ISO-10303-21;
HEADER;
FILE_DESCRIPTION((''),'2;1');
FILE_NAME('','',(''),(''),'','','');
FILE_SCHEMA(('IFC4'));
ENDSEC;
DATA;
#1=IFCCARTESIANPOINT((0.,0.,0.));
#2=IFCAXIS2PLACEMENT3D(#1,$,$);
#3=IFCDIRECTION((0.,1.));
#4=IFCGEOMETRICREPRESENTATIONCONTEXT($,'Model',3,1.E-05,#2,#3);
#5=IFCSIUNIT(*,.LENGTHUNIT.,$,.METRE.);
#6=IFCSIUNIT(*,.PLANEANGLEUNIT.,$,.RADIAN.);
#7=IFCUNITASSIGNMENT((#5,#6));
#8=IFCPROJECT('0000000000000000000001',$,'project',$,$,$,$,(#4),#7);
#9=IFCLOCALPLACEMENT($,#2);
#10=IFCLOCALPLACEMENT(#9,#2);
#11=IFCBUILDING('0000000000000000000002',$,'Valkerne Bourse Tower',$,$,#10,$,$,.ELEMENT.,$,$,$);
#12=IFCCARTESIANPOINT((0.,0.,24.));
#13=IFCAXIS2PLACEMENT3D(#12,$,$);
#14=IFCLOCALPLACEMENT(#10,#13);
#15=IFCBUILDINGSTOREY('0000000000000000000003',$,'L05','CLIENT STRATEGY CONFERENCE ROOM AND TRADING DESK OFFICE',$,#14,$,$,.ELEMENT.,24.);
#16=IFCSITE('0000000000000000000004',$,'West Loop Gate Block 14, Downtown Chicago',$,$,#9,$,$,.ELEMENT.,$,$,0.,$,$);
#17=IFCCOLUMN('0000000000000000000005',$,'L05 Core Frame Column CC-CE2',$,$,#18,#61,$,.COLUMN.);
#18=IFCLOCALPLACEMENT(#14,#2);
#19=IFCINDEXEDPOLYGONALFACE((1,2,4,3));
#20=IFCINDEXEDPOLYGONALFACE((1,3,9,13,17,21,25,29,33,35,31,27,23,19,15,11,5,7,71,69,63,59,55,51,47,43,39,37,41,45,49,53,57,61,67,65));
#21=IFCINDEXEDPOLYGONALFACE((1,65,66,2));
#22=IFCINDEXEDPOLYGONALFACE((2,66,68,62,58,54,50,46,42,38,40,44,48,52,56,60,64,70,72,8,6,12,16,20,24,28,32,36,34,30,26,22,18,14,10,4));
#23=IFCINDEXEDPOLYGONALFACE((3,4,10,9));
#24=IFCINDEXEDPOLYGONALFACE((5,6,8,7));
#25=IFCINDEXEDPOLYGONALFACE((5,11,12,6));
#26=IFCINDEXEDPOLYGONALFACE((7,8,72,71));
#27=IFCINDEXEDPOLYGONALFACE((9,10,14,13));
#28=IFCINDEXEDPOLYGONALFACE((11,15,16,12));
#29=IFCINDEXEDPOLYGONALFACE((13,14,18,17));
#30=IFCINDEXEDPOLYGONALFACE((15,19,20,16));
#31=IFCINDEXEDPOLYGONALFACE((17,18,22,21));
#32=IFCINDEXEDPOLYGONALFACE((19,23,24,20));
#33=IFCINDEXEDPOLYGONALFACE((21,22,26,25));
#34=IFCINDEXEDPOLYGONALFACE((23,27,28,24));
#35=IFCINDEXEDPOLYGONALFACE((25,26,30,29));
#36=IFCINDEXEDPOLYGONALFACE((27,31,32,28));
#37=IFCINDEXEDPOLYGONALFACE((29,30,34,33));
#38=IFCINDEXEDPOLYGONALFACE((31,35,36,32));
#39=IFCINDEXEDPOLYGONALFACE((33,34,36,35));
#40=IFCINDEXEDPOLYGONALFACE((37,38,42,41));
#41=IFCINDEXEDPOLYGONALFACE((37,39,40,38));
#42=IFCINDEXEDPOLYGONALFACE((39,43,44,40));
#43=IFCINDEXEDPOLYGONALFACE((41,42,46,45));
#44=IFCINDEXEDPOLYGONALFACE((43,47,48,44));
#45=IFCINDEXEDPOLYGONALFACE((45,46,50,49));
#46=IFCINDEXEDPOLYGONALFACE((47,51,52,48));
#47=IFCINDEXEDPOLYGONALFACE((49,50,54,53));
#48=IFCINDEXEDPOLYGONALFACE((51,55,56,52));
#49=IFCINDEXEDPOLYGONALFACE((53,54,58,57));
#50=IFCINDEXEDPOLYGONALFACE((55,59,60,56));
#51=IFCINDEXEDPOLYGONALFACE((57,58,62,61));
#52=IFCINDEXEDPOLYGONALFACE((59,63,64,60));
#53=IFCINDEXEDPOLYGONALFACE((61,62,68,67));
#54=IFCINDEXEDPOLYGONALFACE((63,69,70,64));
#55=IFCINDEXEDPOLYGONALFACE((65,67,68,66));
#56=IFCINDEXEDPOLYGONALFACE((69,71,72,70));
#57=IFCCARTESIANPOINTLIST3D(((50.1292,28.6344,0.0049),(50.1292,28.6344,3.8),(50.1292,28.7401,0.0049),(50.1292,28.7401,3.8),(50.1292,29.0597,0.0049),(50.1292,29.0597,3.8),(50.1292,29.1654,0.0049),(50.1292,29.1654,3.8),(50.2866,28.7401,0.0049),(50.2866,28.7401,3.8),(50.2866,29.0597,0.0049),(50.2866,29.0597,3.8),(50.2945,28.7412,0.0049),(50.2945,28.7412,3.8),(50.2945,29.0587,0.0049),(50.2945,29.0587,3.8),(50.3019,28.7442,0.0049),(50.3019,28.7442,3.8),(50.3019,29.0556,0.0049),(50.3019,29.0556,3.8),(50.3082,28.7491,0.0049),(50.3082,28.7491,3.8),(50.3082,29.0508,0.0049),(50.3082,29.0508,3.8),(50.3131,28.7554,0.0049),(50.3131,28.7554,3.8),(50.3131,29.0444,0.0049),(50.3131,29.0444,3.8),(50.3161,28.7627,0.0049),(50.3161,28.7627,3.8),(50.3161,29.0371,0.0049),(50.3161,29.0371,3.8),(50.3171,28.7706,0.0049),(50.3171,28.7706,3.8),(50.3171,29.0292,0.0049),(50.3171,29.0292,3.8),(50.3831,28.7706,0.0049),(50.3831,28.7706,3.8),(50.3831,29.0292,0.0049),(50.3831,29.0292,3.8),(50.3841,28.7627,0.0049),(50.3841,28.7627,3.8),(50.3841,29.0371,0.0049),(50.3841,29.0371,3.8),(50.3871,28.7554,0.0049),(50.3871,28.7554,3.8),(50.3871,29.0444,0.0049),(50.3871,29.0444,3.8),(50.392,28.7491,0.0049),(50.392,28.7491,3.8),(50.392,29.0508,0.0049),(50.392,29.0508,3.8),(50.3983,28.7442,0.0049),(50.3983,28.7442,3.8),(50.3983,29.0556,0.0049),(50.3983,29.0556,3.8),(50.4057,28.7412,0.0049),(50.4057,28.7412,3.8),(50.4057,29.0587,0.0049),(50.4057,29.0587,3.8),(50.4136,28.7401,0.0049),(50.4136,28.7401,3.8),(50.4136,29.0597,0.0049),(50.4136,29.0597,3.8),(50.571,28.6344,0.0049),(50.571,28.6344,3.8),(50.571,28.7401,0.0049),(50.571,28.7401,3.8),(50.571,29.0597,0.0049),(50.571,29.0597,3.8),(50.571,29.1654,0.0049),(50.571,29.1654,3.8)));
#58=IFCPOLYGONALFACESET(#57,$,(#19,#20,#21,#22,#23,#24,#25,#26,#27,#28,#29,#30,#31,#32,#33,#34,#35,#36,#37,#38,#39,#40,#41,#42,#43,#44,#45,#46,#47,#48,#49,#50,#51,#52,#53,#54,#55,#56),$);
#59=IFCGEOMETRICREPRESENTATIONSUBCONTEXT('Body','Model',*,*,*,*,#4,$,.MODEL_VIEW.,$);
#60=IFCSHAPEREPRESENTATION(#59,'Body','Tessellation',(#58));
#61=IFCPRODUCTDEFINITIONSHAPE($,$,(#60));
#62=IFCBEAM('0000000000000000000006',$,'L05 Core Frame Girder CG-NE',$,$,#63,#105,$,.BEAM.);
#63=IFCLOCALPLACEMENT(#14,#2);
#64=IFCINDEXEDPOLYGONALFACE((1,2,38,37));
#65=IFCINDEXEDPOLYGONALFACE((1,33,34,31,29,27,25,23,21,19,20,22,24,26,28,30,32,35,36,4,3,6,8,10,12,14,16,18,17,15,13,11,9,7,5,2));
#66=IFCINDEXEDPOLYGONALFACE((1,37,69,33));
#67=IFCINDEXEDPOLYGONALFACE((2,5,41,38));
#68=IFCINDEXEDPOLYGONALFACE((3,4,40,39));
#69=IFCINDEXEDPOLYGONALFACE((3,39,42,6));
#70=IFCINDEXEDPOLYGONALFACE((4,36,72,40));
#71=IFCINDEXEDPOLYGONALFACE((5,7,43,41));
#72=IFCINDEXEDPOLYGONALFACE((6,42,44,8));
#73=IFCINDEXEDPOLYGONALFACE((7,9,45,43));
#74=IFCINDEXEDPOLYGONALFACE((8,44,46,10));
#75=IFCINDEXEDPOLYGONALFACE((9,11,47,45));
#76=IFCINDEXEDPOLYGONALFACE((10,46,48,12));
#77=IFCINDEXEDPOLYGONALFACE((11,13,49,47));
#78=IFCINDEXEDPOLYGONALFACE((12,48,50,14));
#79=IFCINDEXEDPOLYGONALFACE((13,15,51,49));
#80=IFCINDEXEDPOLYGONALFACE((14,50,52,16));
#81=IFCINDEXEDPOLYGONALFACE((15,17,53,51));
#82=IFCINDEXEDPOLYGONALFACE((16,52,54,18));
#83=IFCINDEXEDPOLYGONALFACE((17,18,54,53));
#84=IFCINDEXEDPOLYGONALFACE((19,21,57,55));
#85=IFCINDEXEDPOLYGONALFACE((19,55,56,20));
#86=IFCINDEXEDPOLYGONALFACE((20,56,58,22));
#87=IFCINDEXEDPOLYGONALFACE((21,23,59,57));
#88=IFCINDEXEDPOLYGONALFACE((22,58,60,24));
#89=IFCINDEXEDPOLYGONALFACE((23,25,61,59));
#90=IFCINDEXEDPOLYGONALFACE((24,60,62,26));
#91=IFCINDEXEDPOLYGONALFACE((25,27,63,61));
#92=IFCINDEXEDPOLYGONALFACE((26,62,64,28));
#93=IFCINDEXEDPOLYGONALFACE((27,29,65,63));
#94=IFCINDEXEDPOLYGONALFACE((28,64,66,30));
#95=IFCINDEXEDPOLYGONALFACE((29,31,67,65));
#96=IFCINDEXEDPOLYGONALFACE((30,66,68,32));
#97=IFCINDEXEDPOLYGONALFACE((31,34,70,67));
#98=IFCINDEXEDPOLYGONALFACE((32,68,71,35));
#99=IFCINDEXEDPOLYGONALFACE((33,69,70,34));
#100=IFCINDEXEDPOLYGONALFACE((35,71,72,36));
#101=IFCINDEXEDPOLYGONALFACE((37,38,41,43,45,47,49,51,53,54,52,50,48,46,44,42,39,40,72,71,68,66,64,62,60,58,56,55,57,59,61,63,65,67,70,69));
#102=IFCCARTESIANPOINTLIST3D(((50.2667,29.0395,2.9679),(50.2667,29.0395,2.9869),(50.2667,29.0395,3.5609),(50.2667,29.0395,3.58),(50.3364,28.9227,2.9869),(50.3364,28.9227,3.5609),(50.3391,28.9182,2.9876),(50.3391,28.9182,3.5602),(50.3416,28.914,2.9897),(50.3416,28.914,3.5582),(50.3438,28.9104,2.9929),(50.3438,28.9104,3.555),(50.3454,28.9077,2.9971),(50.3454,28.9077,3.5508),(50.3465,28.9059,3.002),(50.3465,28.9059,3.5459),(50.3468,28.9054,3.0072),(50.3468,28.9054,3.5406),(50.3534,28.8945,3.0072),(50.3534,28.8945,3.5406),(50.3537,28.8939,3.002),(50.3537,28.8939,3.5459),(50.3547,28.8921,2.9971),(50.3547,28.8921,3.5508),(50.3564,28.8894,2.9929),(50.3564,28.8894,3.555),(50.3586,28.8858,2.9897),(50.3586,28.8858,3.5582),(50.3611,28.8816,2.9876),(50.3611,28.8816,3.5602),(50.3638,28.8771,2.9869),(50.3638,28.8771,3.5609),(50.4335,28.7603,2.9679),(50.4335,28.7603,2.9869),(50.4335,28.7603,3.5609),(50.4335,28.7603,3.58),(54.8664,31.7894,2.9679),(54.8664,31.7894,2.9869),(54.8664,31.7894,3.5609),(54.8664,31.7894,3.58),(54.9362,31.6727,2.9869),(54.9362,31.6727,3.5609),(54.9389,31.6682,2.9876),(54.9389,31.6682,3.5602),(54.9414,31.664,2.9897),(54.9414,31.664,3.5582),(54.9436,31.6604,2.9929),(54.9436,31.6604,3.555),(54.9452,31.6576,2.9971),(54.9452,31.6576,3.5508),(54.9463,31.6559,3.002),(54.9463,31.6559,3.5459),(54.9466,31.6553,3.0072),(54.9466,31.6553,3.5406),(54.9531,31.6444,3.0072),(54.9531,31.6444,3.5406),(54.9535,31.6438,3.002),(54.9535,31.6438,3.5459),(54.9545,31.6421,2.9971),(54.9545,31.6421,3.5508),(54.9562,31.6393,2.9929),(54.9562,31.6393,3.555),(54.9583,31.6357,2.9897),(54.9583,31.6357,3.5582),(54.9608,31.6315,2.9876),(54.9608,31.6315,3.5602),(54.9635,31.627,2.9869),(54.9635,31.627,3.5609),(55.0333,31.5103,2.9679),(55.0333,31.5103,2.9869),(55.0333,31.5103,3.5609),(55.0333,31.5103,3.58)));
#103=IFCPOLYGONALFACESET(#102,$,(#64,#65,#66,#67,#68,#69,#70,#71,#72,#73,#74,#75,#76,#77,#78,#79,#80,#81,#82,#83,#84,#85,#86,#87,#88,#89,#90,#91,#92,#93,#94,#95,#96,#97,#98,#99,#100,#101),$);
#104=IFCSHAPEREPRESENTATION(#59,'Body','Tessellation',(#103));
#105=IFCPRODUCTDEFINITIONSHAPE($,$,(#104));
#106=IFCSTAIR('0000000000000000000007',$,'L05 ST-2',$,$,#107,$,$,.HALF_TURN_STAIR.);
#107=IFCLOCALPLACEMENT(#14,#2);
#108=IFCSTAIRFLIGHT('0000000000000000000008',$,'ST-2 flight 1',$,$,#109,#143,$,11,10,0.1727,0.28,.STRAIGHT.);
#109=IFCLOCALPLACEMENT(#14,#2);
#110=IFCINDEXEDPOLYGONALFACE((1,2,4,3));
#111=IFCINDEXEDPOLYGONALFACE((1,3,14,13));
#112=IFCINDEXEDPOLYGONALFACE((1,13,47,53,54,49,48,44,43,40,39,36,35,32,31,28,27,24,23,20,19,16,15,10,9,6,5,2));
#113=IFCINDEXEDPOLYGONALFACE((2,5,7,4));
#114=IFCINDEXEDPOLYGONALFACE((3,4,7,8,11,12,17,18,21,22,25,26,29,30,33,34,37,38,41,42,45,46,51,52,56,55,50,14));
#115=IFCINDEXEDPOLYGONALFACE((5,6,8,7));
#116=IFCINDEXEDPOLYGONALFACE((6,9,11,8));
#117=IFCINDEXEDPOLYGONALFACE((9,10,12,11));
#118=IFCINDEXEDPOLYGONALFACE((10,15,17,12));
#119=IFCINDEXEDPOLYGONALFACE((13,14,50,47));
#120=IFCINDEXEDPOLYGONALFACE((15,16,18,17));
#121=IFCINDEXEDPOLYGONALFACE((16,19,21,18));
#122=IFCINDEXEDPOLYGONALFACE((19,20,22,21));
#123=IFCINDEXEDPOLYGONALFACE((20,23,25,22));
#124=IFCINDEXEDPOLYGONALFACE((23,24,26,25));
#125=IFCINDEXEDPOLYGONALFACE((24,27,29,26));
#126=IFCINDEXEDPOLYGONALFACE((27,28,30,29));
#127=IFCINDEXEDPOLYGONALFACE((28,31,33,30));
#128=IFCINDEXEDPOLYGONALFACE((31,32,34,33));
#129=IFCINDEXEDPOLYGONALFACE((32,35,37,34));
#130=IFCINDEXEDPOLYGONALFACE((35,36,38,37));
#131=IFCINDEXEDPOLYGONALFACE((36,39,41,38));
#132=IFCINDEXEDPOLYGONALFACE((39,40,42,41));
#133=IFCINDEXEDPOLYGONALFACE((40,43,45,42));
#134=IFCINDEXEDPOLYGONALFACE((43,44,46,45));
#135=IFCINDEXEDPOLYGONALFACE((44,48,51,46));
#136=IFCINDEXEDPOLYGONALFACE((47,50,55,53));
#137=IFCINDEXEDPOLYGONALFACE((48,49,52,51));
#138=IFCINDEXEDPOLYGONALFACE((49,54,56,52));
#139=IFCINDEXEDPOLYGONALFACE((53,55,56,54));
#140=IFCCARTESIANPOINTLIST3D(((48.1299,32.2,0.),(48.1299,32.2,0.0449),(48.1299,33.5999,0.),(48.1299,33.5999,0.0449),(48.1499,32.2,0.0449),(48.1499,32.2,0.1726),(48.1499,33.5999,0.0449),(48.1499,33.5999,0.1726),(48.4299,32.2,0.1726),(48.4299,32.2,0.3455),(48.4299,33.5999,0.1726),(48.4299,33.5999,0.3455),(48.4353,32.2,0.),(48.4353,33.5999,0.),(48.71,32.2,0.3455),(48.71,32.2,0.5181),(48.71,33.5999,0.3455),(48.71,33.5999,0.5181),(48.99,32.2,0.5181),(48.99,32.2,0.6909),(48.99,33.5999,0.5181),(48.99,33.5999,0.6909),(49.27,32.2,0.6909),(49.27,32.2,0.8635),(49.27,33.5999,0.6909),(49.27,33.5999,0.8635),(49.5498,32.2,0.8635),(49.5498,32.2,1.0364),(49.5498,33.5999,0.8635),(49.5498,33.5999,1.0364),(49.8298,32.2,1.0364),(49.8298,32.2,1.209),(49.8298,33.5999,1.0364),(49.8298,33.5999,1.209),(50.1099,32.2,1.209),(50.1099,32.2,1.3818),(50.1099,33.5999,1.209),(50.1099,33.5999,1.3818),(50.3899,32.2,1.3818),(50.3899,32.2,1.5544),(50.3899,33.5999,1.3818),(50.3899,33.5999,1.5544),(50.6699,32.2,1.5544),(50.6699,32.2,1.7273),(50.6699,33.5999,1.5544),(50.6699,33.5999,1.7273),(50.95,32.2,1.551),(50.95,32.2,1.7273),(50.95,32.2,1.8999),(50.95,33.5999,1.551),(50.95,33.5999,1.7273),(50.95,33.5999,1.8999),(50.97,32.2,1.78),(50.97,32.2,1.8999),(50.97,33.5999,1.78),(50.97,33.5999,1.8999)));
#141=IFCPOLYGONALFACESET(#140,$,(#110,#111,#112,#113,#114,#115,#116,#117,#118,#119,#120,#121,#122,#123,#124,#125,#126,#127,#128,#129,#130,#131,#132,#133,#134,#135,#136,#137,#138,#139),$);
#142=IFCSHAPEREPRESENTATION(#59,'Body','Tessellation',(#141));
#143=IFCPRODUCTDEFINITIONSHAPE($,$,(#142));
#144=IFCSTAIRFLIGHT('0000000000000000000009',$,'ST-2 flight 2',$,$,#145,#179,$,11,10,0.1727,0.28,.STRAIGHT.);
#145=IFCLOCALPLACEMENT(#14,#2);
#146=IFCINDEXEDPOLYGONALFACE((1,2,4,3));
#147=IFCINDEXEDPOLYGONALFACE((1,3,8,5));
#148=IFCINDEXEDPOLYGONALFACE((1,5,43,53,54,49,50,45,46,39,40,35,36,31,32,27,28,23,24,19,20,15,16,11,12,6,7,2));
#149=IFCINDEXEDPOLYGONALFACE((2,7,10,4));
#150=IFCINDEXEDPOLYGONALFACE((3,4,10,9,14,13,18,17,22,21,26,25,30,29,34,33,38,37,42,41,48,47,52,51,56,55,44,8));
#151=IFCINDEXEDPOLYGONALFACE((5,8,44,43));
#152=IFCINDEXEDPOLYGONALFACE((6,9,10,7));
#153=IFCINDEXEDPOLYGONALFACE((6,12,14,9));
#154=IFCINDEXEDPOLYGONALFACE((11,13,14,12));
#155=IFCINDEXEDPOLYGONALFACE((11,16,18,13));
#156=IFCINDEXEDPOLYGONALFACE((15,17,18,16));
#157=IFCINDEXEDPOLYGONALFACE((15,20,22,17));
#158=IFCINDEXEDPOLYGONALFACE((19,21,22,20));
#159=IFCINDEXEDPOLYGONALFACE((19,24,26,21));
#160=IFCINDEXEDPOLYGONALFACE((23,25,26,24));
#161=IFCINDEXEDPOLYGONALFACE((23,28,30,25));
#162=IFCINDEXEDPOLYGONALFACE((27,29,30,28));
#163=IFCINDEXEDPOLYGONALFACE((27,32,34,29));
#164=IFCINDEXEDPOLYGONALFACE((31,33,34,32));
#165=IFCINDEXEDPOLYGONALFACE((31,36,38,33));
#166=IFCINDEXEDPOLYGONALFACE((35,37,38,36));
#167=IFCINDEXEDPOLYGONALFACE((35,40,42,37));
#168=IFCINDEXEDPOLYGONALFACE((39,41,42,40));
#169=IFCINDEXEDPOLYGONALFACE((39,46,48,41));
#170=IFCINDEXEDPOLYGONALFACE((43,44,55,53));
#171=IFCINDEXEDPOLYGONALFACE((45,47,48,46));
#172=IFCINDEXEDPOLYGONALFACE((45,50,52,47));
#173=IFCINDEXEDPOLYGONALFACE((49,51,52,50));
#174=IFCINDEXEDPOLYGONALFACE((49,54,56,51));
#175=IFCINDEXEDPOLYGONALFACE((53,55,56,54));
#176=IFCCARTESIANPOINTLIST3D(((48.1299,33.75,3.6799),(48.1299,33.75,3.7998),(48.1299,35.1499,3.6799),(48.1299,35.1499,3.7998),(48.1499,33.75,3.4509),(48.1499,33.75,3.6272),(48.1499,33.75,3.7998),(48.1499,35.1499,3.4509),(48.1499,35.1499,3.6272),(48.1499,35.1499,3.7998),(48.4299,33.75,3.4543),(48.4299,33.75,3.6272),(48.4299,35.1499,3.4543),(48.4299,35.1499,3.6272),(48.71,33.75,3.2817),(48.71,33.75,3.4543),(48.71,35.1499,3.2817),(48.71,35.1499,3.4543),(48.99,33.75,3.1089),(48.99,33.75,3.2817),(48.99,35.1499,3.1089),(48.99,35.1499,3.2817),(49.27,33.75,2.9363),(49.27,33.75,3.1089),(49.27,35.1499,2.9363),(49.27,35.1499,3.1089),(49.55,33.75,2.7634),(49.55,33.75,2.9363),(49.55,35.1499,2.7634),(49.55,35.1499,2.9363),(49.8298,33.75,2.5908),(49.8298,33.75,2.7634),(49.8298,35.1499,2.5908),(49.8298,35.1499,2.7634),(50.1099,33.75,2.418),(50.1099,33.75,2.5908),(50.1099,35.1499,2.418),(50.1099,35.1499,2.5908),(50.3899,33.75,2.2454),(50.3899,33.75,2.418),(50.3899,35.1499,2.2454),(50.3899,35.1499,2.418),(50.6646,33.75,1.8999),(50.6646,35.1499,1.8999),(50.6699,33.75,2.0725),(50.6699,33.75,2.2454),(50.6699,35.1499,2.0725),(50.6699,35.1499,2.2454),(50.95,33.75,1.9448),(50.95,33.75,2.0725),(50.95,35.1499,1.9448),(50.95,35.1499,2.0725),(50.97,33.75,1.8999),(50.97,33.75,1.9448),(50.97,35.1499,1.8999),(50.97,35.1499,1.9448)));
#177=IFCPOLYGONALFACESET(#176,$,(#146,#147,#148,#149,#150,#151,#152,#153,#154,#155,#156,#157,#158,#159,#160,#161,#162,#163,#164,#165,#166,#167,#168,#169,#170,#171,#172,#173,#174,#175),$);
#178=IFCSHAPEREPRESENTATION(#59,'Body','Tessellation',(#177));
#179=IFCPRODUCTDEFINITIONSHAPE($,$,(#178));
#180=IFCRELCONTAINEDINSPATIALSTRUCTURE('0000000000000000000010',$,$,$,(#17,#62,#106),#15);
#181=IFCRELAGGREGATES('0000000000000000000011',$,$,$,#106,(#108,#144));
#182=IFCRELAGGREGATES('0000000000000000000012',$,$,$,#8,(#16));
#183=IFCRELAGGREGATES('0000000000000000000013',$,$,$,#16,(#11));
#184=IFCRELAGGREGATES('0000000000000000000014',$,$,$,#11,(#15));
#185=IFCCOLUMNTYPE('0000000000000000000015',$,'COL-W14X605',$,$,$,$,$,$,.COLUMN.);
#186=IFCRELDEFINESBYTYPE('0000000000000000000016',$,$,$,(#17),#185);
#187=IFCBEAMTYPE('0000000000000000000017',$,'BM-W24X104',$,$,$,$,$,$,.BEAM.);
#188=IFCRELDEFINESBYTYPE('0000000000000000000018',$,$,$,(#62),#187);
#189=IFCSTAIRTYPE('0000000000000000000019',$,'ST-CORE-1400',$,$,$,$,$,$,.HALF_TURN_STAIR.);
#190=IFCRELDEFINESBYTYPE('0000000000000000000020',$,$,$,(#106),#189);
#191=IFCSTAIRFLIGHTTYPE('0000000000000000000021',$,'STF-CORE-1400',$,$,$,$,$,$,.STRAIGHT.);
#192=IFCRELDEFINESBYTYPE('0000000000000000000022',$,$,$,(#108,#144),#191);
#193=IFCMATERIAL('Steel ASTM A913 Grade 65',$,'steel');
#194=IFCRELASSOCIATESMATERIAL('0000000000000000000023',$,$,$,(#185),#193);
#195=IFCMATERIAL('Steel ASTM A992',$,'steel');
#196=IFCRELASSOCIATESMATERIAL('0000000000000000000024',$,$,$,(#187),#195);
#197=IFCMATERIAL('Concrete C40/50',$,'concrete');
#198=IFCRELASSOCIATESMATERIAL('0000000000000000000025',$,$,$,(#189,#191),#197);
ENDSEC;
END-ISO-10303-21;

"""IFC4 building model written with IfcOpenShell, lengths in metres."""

from ifc_helpers import new_model, si_unit, direction, frame, origin, origin_2d, place, context, subcontext, project, spatial, polyline, i_section, outline, extrude, material, material_profile, profile_set, type_object, element, aggregate, save


model = new_model("IFC4")

# Units and contexts
model_context = context("Model", 3, precision=1e-05, world=origin(), true_north=direction((0.0, 1.0)))
body_context = subcontext(model_context, "Body", "Model", "MODEL_VIEW")
ifc_project = project(units=[si_unit("LENGTHUNIT", "METRE"), si_unit("PLANEANGLEUNIT", "RADIAN")], contexts=[model_context])

# Site, building, storey
site_placement = place(None, origin())
site = spatial("IfcSite", under=ifc_project, at=site_placement, Name="West Loop Gate Block 14, Downtown Chicago", CompositionType="ELEMENT", RefElevation=0.0)
building_placement = place(site_placement, origin())
building = spatial("IfcBuilding", under=site, at=building_placement, Name="Valkerne Bourse Tower", CompositionType="ELEMENT")
storey_placement = place(building_placement, frame((0.0, 0.0, 24.0)))
storey = spatial("IfcBuildingStorey", under=building, at=storey_placement, Name="L05", Description="CLIENT STRATEGY CONFERENCE ROOM AND TRADING DESK OFFICE", CompositionType="ELEMENT", Elevation=24.0)

# Column
ifc_material_1 = material(Name="Steel ASTM A913 Grade 65", Category="steel")
ifc_material_profile_1 = material_profile(ifc_material_1, i_section(OverallWidth=0.4419, OverallDepth=0.531, WebThickness=0.0659, FlangeThickness=0.1057, FilletRadius=0.0305, at=origin_2d()), Name="W14X605")
ifc_profile_set_1 = profile_set([ifc_material_profile_1], Name="Steel ASTM A913 Grade 65")
column_type = type_object("IfcColumnType", Name="COL-W14X605", PredefinedType="COLUMN", material=ifc_profile_set_1)
column_placement = place(storey_placement, frame((50.3501, 28.8999, 0.0049), z_axis=(0.0, 0.0, 1.0), x_axis=(1.0, 0.0, 0.0)))
element("IfcColumn", 1, at=column_placement, inside=storey, type_object=column_type, Name="L05 Core Frame Column CC-CE2", PredefinedType="COLUMN", context=body_context, shape_type="SweptSolid", body=[
    extrude(i_section(OverallWidth=0.4419, OverallDepth=0.531, WebThickness=0.0659, FlangeThickness=0.1057, FilletRadius=0.0305, at=origin_2d()), origin(), (0.0, 0.0, 1.0), 3.7952),
])

# Beam
ifc_material_2 = material(Name="Steel ASTM A992", Category="steel")
ifc_material_profile_2 = material_profile(ifc_material_2, i_section(OverallWidth=0.3252, OverallDepth=0.6121, WebThickness=0.0127, FlangeThickness=0.019, FilletRadius=0.0203, at=origin_2d()), Name="W24X104")
ifc_profile_set_2 = profile_set([ifc_material_profile_2], Name="Steel ASTM A992")
beam_type = type_object("IfcBeamType", Name="BM-W24X104", PredefinedType="BEAM", material=ifc_profile_set_2)
beam_placement = place(storey_placement, frame((50.3501, 28.8999, 3.2739), z_axis=(0.858308, 0.513135, 0.0), x_axis=(-0.513135, 0.858308, 0.0)))
element("IfcBeam", 2, at=beam_placement, inside=storey, type_object=beam_type, Name="L05 Core Frame Girder CG-NE", PredefinedType="BEAM", context=body_context, shape_type="SweptSolid", body=[
    extrude(i_section(OverallWidth=0.3252, OverallDepth=0.6121, WebThickness=0.0127, FlangeThickness=0.019, FilletRadius=0.0203, at=origin_2d()), origin(), (0.0, 0.0, 1.0), 5.3591),
])

# Stair, stair flights
ifc_material_3 = material(Name="Concrete C40/50", Category="concrete")
stair_type = type_object("IfcStairType", Name="ST-CORE-1400", PredefinedType="HALF_TURN_STAIR", material=ifc_material_3)
stair_placement = place(storey_placement, origin())
stair = element("IfcStair", 3, at=stair_placement, inside=storey, type_object=stair_type, Name="L05 ST-2", PredefinedType="HALF_TURN_STAIR")
stair_flight_type = type_object("IfcStairFlightType", Name="STF-CORE-1400", PredefinedType="STRAIGHT", material=ifc_material_3)
stair_flight_1_placement = place(storey_placement, frame((48.1499, 32.8999, 0.0), z_axis=(0.0, 0.0, 1.0), x_axis=(1.0, 0.0, 0.0)))
stair_flight_1 = element("IfcStairFlight", 4, at=stair_flight_1_placement, type_object=stair_flight_type, Name="ST-2 flight 1", NumberOfRisers=11, NumberOfTreads=10, PredefinedType="STRAIGHT", RiserHeight=0.1727, TreadLength=0.28, context=body_context, shape_type="SweptSolid", body=[
    extrude(outline(polyline([(-0.02, 0.0), (-0.02, 0.0449), (0.0, 0.0449), (0.0, 0.1726), (0.28, 0.1726), (0.28, 0.3455), (0.5601, 0.3455), (0.5601, 0.5181), (0.8401, 0.5181), (0.8401, 0.6909), (1.1201, 0.6909), (1.1201, 0.8635), (1.3999, 0.8635), (1.3999, 1.0364), (1.6799, 1.0364), (1.6799, 1.209), (1.96, 1.209), (1.96, 1.3818), (2.24, 1.3818), (2.24, 1.5544), (2.52, 1.5544), (2.52, 1.7273), (2.8, 1.7273), (2.8, 1.8999), (2.8201, 1.8999), (2.8201, 1.78), (2.8, 1.551), (0.2854, 0.0), (-0.02, 0.0)])), frame((0.0, 0.7, 0.0), z_axis=(0.0, -1.0, 0.0), x_axis=(1.0, 0.0, 0.0)), (0.0, 0.0, 1.0), 1.3999),
])
stair_flight_2_placement = place(storey_placement, frame((50.95, 34.45, 1.8999), z_axis=(0.0, 0.0, 1.0), x_axis=(-1.0, 0.0, 0.0)))
stair_flight_2 = element("IfcStairFlight", 5, at=stair_flight_2_placement, type_object=stair_flight_type, Name="ST-2 flight 2", NumberOfRisers=11, NumberOfTreads=10, PredefinedType="STRAIGHT", RiserHeight=0.1727, TreadLength=0.28, context=body_context, shape_type="SweptSolid", body=[
    extrude(outline(polyline([(-0.02, 0.0), (-0.02, 0.0449), (0.0, 0.0449), (0.0, 0.1726), (0.28, 0.1726), (0.28, 0.3455), (0.5601, 0.3455), (0.5601, 0.5181), (0.8401, 0.5181), (0.8401, 0.6909), (1.1201, 0.6909), (1.1201, 0.8635), (1.3999, 0.8635), (1.3999, 1.0364), (1.6799, 1.0364), (1.6799, 1.209), (1.96, 1.209), (1.96, 1.3818), (2.24, 1.3818), (2.24, 1.5544), (2.52, 1.5544), (2.52, 1.7273), (2.8, 1.7273), (2.8, 1.8999), (2.8201, 1.8999), (2.8201, 1.78), (2.8, 1.551), (0.2854, 0.0), (-0.02, 0.0)])), frame((0.0, 0.7, 0.0), z_axis=(0.0, -1.0, 0.0), x_axis=(1.0, 0.0, 0.0)), (0.0, 0.0, 1.0), 1.3999),
])
aggregate(stair, [stair_flight_1, stair_flight_2])

save(model, "model.ifc")
